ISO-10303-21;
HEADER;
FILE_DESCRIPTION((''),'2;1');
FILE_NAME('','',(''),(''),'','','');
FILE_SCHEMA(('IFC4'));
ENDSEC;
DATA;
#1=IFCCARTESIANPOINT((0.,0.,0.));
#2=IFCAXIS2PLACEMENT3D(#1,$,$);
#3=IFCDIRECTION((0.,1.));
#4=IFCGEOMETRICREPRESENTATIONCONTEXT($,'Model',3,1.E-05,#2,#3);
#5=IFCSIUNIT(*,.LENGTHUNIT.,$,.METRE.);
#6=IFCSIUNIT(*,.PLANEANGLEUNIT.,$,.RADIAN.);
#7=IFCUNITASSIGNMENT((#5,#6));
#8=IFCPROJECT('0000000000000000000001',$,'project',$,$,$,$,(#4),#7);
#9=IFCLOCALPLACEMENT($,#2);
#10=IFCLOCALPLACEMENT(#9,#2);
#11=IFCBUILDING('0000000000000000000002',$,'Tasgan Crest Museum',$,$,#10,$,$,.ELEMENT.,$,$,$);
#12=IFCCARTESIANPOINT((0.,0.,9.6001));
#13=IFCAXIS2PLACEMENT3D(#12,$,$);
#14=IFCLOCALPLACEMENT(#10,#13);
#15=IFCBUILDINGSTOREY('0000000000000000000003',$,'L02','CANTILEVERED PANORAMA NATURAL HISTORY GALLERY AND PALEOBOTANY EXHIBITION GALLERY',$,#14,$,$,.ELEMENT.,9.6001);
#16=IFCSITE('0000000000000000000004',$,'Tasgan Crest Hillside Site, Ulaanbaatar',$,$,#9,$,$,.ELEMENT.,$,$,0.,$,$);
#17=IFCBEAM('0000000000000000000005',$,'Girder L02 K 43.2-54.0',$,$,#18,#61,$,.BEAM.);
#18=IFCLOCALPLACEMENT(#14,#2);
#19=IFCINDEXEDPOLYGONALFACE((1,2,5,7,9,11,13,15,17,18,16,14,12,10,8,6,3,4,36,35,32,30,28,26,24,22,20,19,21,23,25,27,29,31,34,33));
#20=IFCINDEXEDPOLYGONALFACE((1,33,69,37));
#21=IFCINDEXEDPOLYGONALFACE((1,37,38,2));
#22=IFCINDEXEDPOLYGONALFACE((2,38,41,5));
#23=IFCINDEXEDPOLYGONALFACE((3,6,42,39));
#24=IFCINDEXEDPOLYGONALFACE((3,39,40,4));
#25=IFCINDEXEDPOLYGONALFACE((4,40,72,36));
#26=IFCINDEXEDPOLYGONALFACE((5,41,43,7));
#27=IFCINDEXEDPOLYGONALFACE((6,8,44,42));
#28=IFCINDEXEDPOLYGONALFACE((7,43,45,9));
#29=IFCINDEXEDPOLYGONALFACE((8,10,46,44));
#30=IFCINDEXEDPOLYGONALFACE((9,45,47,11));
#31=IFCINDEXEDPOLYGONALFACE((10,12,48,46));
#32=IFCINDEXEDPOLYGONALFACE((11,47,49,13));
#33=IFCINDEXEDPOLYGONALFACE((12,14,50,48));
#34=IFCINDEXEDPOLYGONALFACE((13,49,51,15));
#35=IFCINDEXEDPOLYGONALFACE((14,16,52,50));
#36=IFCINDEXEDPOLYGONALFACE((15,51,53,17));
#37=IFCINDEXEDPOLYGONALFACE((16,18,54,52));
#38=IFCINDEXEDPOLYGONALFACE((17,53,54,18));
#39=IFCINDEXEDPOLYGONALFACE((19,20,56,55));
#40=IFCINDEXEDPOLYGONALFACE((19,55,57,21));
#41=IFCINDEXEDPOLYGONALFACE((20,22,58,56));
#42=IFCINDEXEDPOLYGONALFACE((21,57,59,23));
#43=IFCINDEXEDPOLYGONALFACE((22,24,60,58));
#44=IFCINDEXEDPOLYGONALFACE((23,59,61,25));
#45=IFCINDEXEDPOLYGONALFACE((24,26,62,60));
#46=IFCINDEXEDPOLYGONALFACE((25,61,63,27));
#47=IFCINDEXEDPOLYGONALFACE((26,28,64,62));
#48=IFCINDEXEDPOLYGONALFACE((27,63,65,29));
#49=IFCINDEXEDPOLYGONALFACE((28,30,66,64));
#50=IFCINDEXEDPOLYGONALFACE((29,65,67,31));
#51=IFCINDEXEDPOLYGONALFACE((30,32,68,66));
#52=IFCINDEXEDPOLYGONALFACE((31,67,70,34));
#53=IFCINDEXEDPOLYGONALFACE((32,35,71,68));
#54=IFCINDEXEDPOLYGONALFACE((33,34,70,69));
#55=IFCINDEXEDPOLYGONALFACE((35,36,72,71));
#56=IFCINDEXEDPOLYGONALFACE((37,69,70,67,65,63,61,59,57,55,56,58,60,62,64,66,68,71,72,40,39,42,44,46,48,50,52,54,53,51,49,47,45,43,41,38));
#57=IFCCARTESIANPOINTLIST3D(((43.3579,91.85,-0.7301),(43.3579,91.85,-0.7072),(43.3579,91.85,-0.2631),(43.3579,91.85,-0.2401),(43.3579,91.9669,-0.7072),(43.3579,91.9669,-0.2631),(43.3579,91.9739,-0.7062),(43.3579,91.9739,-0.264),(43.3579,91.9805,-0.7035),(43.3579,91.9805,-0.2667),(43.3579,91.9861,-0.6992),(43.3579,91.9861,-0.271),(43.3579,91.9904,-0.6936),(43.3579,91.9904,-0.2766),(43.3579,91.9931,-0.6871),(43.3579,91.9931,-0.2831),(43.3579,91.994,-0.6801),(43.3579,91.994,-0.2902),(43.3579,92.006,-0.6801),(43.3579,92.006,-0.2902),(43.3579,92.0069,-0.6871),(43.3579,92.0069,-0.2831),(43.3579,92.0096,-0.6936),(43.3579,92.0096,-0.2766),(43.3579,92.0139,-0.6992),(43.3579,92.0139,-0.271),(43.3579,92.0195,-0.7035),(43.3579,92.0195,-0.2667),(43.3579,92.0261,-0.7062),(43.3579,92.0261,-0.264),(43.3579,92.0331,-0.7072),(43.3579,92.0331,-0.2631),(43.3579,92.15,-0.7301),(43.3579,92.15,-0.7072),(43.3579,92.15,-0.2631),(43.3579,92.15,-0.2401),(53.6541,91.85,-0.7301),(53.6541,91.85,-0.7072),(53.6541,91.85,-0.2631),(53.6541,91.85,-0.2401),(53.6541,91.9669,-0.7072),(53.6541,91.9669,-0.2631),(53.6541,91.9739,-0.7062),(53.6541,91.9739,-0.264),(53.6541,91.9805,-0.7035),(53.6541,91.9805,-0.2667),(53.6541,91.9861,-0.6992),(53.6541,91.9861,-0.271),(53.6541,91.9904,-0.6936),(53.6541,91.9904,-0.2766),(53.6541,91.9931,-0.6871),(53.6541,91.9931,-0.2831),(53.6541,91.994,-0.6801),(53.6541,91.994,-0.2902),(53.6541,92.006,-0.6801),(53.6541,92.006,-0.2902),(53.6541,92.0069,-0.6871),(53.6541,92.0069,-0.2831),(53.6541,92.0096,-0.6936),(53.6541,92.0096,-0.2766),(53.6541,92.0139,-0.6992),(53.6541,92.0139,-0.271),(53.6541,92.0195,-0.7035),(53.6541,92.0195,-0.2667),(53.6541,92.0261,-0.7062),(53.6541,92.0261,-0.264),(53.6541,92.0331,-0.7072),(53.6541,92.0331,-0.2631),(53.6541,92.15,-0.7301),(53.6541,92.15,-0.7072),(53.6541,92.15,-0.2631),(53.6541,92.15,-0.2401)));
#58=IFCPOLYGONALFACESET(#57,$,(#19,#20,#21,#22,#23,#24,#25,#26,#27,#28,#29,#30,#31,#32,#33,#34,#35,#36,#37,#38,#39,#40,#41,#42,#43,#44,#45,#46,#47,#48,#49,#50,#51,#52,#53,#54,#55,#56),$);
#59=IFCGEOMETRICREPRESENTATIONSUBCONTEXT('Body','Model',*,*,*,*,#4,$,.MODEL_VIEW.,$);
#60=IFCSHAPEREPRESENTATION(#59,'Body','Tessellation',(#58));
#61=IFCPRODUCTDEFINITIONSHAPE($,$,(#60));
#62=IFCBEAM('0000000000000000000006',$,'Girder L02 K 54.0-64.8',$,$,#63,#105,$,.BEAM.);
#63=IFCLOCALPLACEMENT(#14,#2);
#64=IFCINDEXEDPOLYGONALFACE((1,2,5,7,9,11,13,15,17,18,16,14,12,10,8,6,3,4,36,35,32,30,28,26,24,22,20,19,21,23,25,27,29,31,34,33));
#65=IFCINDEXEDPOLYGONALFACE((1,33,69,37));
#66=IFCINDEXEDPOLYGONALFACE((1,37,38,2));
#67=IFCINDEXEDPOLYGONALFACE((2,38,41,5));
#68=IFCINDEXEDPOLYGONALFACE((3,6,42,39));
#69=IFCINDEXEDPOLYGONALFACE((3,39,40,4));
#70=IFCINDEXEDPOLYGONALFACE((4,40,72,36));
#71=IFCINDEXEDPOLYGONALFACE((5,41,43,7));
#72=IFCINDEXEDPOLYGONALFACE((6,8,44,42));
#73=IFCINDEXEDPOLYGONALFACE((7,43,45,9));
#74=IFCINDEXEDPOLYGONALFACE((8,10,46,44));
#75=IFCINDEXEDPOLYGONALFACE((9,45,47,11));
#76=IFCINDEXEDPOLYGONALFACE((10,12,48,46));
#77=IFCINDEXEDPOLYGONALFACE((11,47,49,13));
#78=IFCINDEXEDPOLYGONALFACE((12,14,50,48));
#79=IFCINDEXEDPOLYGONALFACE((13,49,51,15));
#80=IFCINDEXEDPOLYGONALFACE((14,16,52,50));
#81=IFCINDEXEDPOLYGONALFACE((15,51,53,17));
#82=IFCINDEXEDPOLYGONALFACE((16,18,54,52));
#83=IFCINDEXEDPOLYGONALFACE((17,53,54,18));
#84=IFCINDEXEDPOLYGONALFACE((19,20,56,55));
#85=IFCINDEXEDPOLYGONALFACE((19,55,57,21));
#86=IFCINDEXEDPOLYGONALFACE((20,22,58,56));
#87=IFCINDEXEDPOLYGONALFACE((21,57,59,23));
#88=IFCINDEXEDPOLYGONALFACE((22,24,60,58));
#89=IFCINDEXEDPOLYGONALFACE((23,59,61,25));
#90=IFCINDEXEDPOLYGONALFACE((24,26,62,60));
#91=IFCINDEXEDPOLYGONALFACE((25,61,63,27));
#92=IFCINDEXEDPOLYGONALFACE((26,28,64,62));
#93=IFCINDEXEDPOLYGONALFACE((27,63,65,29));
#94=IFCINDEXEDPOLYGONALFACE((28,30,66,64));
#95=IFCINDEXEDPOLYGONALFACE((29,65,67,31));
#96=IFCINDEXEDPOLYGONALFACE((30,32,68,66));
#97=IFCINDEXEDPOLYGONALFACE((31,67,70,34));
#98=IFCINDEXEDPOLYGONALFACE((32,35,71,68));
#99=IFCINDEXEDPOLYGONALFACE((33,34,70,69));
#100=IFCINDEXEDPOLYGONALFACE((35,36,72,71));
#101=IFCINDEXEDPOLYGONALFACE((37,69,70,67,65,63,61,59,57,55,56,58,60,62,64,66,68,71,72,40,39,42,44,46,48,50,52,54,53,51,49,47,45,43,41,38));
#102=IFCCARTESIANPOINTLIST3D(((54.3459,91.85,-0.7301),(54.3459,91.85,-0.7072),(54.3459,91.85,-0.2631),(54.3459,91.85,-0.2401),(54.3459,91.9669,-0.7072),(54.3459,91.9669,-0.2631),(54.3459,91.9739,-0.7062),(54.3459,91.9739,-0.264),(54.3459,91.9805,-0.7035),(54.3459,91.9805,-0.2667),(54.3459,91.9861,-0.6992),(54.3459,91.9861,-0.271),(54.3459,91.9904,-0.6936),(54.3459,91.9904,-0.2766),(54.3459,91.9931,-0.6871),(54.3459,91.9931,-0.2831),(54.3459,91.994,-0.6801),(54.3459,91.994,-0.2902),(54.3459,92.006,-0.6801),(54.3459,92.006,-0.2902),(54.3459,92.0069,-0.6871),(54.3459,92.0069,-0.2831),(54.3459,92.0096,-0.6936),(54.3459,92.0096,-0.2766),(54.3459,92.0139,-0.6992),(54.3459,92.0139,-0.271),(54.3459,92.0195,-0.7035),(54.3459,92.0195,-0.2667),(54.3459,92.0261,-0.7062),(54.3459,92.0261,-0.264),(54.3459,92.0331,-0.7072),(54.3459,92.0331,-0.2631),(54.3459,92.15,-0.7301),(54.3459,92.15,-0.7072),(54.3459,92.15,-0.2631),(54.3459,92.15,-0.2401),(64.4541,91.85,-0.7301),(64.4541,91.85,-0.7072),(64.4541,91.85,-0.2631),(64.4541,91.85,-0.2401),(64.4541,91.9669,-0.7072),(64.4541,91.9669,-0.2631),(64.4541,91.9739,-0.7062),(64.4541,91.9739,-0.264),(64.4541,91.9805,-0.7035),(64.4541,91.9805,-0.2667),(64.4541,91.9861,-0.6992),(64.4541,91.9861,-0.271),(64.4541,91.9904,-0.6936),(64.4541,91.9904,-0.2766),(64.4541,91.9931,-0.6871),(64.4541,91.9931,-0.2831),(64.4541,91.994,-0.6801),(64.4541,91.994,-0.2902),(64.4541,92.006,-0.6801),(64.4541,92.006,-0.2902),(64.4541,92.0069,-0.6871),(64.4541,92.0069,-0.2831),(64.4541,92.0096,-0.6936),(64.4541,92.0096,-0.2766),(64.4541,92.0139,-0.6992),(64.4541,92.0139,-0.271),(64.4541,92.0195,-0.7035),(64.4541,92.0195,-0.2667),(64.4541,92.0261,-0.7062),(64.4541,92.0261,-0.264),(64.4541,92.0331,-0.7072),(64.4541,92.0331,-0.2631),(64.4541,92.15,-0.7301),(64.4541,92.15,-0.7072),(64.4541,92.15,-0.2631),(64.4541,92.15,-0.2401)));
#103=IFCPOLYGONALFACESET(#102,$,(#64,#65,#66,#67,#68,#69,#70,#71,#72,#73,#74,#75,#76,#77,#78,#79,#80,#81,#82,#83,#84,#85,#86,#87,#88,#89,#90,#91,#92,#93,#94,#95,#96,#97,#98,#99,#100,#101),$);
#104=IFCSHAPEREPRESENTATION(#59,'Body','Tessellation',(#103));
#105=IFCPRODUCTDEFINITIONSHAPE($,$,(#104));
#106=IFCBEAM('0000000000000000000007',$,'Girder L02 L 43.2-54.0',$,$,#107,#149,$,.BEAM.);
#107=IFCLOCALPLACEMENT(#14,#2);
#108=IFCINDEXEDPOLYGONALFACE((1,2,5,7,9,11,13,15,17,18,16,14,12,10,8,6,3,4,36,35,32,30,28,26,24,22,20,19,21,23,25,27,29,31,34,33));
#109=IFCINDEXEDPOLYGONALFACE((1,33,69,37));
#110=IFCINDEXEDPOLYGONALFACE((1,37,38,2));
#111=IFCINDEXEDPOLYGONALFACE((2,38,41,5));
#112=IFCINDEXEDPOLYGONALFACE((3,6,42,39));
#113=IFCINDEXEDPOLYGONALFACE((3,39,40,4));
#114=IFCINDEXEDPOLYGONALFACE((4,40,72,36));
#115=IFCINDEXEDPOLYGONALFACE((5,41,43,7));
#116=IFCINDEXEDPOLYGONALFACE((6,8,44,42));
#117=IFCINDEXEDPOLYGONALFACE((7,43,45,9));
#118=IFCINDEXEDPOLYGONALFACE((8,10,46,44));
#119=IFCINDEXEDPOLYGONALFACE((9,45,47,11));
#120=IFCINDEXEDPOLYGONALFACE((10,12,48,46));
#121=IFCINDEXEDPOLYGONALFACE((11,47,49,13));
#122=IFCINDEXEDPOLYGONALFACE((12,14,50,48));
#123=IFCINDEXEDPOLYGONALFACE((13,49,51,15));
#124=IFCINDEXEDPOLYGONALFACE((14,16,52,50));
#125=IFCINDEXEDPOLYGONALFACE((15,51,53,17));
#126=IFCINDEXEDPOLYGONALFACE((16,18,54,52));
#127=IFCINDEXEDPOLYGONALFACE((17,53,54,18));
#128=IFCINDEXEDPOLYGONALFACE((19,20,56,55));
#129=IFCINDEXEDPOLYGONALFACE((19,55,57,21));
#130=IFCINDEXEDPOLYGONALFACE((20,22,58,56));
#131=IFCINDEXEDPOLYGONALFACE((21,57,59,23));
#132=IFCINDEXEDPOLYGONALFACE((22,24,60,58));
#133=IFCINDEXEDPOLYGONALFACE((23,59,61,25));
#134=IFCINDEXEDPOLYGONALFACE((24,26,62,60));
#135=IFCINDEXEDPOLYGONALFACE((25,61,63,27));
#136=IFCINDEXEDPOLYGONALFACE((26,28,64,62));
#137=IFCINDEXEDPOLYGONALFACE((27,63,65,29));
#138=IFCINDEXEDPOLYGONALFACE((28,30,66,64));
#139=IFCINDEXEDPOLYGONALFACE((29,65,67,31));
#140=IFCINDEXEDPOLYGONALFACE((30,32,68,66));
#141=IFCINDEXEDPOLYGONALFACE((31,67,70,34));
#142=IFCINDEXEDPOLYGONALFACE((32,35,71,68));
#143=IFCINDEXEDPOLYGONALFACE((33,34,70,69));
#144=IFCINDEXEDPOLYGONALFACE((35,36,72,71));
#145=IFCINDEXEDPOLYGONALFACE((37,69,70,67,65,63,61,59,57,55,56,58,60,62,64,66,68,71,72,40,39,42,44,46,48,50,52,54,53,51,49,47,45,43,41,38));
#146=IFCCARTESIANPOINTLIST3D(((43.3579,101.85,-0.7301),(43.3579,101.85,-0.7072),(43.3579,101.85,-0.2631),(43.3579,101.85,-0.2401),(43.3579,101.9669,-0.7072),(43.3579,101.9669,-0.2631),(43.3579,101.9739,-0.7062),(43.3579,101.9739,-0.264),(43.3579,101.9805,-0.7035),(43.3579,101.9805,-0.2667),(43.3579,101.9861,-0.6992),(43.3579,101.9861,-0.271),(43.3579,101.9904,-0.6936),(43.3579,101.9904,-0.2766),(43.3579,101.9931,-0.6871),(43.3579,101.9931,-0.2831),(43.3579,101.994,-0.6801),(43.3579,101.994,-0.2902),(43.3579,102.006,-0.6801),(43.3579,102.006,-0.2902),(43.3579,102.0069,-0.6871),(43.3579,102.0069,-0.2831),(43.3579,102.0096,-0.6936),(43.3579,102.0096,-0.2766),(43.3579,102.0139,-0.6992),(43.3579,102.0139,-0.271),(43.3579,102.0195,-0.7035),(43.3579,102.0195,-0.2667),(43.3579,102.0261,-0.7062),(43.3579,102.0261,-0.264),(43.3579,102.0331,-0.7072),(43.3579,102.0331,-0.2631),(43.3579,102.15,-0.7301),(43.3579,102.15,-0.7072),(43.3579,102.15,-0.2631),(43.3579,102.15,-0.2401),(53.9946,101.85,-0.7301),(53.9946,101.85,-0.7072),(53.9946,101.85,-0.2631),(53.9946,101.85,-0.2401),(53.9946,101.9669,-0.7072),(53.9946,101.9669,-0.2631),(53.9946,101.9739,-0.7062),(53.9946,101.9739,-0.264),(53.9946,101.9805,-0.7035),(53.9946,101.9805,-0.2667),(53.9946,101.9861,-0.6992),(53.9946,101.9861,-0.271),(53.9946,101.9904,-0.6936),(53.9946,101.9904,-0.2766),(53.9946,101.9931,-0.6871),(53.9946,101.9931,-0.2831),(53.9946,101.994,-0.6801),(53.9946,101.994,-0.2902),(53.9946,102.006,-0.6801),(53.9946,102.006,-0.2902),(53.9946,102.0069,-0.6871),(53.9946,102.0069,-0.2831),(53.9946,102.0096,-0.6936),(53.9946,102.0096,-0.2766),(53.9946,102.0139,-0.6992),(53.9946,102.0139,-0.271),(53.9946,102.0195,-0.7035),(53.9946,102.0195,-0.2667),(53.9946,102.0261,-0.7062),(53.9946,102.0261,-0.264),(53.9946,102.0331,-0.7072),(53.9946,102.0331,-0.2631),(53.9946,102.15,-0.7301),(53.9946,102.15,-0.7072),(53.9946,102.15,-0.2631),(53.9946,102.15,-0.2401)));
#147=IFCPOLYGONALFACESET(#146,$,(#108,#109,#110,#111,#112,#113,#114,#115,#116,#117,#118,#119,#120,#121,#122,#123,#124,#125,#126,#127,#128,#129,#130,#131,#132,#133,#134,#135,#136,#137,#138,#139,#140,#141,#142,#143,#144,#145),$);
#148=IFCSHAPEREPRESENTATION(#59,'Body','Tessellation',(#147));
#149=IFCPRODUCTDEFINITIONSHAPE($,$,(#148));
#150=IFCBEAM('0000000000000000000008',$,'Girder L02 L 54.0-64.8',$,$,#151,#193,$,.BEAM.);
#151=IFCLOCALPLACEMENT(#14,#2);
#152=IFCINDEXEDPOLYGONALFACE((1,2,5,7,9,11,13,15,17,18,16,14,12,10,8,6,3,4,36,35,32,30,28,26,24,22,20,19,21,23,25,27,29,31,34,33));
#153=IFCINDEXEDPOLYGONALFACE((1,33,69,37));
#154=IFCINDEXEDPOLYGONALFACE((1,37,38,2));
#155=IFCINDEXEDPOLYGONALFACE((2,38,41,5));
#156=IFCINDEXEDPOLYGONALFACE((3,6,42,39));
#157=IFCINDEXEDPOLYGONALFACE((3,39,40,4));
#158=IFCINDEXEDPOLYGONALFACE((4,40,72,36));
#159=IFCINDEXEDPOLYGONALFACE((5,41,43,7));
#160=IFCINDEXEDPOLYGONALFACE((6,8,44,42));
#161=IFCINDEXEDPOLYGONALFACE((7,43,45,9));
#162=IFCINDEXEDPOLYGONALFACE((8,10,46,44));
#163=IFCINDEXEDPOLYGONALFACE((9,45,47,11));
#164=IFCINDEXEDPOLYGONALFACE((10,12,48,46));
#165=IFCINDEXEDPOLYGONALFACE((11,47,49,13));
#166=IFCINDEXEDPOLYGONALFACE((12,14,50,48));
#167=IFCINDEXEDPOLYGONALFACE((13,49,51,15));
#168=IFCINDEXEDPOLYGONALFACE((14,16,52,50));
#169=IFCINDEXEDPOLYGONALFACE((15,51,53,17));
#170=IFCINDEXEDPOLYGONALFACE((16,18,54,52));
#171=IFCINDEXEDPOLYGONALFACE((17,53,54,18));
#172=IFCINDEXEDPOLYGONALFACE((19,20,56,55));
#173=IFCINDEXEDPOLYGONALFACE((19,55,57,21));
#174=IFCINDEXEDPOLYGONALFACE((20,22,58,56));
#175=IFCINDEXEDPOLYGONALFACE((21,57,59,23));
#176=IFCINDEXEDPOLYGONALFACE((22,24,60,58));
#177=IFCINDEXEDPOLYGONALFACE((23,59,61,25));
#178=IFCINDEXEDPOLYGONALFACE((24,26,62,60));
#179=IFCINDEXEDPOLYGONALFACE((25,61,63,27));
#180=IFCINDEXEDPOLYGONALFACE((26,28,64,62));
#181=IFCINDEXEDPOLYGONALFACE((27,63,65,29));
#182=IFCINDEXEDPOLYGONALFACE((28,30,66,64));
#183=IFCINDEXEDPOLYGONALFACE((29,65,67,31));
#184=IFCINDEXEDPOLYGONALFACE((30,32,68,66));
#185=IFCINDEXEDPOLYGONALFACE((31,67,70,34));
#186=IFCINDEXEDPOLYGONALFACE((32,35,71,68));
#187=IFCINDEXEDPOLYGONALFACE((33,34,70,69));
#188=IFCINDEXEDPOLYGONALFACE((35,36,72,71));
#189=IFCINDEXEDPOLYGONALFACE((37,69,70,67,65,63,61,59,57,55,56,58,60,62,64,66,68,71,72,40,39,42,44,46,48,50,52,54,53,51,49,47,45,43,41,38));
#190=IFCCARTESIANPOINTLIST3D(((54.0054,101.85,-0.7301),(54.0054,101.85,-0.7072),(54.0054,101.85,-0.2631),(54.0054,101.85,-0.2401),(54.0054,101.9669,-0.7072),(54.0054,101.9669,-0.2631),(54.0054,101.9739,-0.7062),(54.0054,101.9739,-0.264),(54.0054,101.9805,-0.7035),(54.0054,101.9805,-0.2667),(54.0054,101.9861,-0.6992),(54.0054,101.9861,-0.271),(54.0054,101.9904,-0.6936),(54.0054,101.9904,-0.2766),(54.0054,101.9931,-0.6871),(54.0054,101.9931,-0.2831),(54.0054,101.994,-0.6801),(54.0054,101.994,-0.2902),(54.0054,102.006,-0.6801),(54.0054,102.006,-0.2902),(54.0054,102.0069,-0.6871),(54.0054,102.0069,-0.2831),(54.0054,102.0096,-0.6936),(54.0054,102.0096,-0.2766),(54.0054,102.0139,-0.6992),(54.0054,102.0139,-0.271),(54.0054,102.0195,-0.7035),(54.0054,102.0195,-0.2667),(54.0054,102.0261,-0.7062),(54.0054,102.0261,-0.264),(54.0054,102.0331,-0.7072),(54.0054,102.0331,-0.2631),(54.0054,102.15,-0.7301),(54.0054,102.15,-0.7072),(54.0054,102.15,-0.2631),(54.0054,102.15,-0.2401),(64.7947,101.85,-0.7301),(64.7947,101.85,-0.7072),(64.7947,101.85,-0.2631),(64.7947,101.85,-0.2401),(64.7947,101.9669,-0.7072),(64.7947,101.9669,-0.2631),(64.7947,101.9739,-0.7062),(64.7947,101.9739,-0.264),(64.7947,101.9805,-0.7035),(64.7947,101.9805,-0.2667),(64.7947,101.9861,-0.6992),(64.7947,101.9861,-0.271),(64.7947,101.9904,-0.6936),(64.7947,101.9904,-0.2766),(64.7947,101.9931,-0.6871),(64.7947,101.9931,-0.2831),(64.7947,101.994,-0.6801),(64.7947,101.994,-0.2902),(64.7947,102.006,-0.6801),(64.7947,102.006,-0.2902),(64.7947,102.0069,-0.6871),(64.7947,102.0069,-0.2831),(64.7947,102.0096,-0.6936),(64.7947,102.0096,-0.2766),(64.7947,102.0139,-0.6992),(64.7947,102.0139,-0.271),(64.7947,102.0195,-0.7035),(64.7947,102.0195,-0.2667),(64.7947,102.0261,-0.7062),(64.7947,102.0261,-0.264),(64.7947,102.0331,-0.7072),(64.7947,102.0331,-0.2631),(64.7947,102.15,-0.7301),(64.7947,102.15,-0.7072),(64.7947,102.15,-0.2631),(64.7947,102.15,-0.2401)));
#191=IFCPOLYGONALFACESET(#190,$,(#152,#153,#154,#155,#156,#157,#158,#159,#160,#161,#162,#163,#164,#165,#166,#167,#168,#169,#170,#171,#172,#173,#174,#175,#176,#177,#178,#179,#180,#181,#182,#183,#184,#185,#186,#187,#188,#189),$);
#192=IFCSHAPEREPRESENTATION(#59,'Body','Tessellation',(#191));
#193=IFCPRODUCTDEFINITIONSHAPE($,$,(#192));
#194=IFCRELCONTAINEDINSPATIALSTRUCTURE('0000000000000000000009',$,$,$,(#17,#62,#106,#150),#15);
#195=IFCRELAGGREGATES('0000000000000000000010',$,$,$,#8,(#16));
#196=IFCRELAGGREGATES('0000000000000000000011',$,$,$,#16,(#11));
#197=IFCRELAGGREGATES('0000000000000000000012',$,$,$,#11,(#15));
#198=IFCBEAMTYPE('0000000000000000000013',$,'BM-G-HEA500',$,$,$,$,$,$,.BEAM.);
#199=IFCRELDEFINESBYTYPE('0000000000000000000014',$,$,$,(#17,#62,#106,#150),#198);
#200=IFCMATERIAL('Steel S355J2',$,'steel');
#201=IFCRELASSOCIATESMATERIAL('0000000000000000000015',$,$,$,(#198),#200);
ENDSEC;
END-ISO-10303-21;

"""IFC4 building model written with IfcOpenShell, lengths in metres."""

from ifc_helpers import new_model, si_unit, direction, frame, origin, origin_2d, place, context, subcontext, project, spatial, i_section, extrude, material, material_profile, profile_set, type_object, element, save


model = new_model("IFC4")

# Units and contexts
model_context = context("Model", 3, precision=1e-05, world=origin(), true_north=direction((0.0, 1.0)))
body_context = subcontext(model_context, "Body", "Model", "MODEL_VIEW")
ifc_project = project(units=[si_unit("LENGTHUNIT", "METRE"), si_unit("PLANEANGLEUNIT", "RADIAN")], contexts=[model_context])

# Site, building, storey
site_placement = place(None, origin())
site = spatial("IfcSite", under=ifc_project, at=site_placement, Name="Tasgan Crest Hillside Site, Ulaanbaatar", CompositionType="ELEMENT", RefElevation=0.0)
building_placement = place(site_placement, origin())
building = spatial("IfcBuilding", under=site, at=building_placement, Name="Tasgan Crest Museum", CompositionType="ELEMENT")
storey_placement = place(building_placement, frame((0.0, 0.0, 9.6001)))
storey = spatial("IfcBuildingStorey", under=building, at=storey_placement, Name="L02", Description="CANTILEVERED PANORAMA NATURAL HISTORY GALLERY AND PALEOBOTANY EXHIBITION GALLERY", CompositionType="ELEMENT", Elevation=9.6001)

# Beams
ifc_material_1 = material(Name="Steel S355J2", Category="steel")
ifc_material_profile_1 = material_profile(ifc_material_1, i_section(OverallWidth=0.3, OverallDepth=0.49, WebThickness=0.012, FlangeThickness=0.0229, FilletRadius=0.0271, at=origin_2d()), Name="HEA 500")
ifc_profile_set_1 = profile_set([ifc_material_profile_1], Name="Steel S355J2")
beam_type_1 = type_object("IfcBeamType", Name="BM-G-HEA500", PredefinedType="BEAM", material=ifc_profile_set_1)
beam_1_placement = place(storey_placement, frame((43.3579, 92.0, -0.4851), z_axis=(1.0, 0.0, 0.0), x_axis=(0.0, 1.0, 0.0)))
element("IfcBeam", 1, at=beam_1_placement, inside=storey, type_object=beam_type_1, Name="Girder L02 K 43.2-54.0", PredefinedType="BEAM", context=body_context, shape_type="SweptSolid", body=[
    extrude(i_section(OverallWidth=0.3, OverallDepth=0.49, WebThickness=0.012, FlangeThickness=0.0229, FilletRadius=0.0271, at=origin_2d()), origin(), (0.0, 0.0, 1.0), 10.2961),
])
beam_2_placement = place(storey_placement, frame((54.3459, 92.0, -0.4851), z_axis=(1.0, 0.0, 0.0), x_axis=(0.0, 1.0, 0.0)))
element("IfcBeam", 2, at=beam_2_placement, inside=storey, type_object=beam_type_1, Name="Girder L02 K 54.0-64.8", PredefinedType="BEAM", context=body_context, shape_type="SweptSolid", body=[
    extrude(i_section(OverallWidth=0.3, OverallDepth=0.49, WebThickness=0.012, FlangeThickness=0.0229, FilletRadius=0.0271, at=origin_2d()), origin(), (0.0, 0.0, 1.0), 10.1082),
])
beam_3_placement = place(storey_placement, frame((43.3579, 102.0, -0.4851), z_axis=(1.0, 0.0, 0.0), x_axis=(0.0, 1.0, 0.0)))
element("IfcBeam", 3, at=beam_3_placement, inside=storey, type_object=beam_type_1, Name="Girder L02 L 43.2-54.0", PredefinedType="BEAM", context=body_context, shape_type="SweptSolid", body=[
    extrude(i_section(OverallWidth=0.3, OverallDepth=0.49, WebThickness=0.012, FlangeThickness=0.0229, FilletRadius=0.0271, at=origin_2d()), origin(), (0.0, 0.0, 1.0), 10.6367),
])
beam_4_placement = place(storey_placement, frame((54.0054, 102.0, -0.4851), z_axis=(1.0, 0.0, 0.0), x_axis=(0.0, 1.0, 0.0)))
element("IfcBeam", 4, at=beam_4_placement, inside=storey, type_object=beam_type_1, Name="Girder L02 L 54.0-64.8", PredefinedType="BEAM", context=body_context, shape_type="SweptSolid", body=[
    extrude(i_section(OverallWidth=0.3, OverallDepth=0.49, WebThickness=0.012, FlangeThickness=0.0229, FilletRadius=0.0271, at=origin_2d()), origin(), (0.0, 0.0, 1.0), 10.7893),
])

save(model, "model.ifc")
